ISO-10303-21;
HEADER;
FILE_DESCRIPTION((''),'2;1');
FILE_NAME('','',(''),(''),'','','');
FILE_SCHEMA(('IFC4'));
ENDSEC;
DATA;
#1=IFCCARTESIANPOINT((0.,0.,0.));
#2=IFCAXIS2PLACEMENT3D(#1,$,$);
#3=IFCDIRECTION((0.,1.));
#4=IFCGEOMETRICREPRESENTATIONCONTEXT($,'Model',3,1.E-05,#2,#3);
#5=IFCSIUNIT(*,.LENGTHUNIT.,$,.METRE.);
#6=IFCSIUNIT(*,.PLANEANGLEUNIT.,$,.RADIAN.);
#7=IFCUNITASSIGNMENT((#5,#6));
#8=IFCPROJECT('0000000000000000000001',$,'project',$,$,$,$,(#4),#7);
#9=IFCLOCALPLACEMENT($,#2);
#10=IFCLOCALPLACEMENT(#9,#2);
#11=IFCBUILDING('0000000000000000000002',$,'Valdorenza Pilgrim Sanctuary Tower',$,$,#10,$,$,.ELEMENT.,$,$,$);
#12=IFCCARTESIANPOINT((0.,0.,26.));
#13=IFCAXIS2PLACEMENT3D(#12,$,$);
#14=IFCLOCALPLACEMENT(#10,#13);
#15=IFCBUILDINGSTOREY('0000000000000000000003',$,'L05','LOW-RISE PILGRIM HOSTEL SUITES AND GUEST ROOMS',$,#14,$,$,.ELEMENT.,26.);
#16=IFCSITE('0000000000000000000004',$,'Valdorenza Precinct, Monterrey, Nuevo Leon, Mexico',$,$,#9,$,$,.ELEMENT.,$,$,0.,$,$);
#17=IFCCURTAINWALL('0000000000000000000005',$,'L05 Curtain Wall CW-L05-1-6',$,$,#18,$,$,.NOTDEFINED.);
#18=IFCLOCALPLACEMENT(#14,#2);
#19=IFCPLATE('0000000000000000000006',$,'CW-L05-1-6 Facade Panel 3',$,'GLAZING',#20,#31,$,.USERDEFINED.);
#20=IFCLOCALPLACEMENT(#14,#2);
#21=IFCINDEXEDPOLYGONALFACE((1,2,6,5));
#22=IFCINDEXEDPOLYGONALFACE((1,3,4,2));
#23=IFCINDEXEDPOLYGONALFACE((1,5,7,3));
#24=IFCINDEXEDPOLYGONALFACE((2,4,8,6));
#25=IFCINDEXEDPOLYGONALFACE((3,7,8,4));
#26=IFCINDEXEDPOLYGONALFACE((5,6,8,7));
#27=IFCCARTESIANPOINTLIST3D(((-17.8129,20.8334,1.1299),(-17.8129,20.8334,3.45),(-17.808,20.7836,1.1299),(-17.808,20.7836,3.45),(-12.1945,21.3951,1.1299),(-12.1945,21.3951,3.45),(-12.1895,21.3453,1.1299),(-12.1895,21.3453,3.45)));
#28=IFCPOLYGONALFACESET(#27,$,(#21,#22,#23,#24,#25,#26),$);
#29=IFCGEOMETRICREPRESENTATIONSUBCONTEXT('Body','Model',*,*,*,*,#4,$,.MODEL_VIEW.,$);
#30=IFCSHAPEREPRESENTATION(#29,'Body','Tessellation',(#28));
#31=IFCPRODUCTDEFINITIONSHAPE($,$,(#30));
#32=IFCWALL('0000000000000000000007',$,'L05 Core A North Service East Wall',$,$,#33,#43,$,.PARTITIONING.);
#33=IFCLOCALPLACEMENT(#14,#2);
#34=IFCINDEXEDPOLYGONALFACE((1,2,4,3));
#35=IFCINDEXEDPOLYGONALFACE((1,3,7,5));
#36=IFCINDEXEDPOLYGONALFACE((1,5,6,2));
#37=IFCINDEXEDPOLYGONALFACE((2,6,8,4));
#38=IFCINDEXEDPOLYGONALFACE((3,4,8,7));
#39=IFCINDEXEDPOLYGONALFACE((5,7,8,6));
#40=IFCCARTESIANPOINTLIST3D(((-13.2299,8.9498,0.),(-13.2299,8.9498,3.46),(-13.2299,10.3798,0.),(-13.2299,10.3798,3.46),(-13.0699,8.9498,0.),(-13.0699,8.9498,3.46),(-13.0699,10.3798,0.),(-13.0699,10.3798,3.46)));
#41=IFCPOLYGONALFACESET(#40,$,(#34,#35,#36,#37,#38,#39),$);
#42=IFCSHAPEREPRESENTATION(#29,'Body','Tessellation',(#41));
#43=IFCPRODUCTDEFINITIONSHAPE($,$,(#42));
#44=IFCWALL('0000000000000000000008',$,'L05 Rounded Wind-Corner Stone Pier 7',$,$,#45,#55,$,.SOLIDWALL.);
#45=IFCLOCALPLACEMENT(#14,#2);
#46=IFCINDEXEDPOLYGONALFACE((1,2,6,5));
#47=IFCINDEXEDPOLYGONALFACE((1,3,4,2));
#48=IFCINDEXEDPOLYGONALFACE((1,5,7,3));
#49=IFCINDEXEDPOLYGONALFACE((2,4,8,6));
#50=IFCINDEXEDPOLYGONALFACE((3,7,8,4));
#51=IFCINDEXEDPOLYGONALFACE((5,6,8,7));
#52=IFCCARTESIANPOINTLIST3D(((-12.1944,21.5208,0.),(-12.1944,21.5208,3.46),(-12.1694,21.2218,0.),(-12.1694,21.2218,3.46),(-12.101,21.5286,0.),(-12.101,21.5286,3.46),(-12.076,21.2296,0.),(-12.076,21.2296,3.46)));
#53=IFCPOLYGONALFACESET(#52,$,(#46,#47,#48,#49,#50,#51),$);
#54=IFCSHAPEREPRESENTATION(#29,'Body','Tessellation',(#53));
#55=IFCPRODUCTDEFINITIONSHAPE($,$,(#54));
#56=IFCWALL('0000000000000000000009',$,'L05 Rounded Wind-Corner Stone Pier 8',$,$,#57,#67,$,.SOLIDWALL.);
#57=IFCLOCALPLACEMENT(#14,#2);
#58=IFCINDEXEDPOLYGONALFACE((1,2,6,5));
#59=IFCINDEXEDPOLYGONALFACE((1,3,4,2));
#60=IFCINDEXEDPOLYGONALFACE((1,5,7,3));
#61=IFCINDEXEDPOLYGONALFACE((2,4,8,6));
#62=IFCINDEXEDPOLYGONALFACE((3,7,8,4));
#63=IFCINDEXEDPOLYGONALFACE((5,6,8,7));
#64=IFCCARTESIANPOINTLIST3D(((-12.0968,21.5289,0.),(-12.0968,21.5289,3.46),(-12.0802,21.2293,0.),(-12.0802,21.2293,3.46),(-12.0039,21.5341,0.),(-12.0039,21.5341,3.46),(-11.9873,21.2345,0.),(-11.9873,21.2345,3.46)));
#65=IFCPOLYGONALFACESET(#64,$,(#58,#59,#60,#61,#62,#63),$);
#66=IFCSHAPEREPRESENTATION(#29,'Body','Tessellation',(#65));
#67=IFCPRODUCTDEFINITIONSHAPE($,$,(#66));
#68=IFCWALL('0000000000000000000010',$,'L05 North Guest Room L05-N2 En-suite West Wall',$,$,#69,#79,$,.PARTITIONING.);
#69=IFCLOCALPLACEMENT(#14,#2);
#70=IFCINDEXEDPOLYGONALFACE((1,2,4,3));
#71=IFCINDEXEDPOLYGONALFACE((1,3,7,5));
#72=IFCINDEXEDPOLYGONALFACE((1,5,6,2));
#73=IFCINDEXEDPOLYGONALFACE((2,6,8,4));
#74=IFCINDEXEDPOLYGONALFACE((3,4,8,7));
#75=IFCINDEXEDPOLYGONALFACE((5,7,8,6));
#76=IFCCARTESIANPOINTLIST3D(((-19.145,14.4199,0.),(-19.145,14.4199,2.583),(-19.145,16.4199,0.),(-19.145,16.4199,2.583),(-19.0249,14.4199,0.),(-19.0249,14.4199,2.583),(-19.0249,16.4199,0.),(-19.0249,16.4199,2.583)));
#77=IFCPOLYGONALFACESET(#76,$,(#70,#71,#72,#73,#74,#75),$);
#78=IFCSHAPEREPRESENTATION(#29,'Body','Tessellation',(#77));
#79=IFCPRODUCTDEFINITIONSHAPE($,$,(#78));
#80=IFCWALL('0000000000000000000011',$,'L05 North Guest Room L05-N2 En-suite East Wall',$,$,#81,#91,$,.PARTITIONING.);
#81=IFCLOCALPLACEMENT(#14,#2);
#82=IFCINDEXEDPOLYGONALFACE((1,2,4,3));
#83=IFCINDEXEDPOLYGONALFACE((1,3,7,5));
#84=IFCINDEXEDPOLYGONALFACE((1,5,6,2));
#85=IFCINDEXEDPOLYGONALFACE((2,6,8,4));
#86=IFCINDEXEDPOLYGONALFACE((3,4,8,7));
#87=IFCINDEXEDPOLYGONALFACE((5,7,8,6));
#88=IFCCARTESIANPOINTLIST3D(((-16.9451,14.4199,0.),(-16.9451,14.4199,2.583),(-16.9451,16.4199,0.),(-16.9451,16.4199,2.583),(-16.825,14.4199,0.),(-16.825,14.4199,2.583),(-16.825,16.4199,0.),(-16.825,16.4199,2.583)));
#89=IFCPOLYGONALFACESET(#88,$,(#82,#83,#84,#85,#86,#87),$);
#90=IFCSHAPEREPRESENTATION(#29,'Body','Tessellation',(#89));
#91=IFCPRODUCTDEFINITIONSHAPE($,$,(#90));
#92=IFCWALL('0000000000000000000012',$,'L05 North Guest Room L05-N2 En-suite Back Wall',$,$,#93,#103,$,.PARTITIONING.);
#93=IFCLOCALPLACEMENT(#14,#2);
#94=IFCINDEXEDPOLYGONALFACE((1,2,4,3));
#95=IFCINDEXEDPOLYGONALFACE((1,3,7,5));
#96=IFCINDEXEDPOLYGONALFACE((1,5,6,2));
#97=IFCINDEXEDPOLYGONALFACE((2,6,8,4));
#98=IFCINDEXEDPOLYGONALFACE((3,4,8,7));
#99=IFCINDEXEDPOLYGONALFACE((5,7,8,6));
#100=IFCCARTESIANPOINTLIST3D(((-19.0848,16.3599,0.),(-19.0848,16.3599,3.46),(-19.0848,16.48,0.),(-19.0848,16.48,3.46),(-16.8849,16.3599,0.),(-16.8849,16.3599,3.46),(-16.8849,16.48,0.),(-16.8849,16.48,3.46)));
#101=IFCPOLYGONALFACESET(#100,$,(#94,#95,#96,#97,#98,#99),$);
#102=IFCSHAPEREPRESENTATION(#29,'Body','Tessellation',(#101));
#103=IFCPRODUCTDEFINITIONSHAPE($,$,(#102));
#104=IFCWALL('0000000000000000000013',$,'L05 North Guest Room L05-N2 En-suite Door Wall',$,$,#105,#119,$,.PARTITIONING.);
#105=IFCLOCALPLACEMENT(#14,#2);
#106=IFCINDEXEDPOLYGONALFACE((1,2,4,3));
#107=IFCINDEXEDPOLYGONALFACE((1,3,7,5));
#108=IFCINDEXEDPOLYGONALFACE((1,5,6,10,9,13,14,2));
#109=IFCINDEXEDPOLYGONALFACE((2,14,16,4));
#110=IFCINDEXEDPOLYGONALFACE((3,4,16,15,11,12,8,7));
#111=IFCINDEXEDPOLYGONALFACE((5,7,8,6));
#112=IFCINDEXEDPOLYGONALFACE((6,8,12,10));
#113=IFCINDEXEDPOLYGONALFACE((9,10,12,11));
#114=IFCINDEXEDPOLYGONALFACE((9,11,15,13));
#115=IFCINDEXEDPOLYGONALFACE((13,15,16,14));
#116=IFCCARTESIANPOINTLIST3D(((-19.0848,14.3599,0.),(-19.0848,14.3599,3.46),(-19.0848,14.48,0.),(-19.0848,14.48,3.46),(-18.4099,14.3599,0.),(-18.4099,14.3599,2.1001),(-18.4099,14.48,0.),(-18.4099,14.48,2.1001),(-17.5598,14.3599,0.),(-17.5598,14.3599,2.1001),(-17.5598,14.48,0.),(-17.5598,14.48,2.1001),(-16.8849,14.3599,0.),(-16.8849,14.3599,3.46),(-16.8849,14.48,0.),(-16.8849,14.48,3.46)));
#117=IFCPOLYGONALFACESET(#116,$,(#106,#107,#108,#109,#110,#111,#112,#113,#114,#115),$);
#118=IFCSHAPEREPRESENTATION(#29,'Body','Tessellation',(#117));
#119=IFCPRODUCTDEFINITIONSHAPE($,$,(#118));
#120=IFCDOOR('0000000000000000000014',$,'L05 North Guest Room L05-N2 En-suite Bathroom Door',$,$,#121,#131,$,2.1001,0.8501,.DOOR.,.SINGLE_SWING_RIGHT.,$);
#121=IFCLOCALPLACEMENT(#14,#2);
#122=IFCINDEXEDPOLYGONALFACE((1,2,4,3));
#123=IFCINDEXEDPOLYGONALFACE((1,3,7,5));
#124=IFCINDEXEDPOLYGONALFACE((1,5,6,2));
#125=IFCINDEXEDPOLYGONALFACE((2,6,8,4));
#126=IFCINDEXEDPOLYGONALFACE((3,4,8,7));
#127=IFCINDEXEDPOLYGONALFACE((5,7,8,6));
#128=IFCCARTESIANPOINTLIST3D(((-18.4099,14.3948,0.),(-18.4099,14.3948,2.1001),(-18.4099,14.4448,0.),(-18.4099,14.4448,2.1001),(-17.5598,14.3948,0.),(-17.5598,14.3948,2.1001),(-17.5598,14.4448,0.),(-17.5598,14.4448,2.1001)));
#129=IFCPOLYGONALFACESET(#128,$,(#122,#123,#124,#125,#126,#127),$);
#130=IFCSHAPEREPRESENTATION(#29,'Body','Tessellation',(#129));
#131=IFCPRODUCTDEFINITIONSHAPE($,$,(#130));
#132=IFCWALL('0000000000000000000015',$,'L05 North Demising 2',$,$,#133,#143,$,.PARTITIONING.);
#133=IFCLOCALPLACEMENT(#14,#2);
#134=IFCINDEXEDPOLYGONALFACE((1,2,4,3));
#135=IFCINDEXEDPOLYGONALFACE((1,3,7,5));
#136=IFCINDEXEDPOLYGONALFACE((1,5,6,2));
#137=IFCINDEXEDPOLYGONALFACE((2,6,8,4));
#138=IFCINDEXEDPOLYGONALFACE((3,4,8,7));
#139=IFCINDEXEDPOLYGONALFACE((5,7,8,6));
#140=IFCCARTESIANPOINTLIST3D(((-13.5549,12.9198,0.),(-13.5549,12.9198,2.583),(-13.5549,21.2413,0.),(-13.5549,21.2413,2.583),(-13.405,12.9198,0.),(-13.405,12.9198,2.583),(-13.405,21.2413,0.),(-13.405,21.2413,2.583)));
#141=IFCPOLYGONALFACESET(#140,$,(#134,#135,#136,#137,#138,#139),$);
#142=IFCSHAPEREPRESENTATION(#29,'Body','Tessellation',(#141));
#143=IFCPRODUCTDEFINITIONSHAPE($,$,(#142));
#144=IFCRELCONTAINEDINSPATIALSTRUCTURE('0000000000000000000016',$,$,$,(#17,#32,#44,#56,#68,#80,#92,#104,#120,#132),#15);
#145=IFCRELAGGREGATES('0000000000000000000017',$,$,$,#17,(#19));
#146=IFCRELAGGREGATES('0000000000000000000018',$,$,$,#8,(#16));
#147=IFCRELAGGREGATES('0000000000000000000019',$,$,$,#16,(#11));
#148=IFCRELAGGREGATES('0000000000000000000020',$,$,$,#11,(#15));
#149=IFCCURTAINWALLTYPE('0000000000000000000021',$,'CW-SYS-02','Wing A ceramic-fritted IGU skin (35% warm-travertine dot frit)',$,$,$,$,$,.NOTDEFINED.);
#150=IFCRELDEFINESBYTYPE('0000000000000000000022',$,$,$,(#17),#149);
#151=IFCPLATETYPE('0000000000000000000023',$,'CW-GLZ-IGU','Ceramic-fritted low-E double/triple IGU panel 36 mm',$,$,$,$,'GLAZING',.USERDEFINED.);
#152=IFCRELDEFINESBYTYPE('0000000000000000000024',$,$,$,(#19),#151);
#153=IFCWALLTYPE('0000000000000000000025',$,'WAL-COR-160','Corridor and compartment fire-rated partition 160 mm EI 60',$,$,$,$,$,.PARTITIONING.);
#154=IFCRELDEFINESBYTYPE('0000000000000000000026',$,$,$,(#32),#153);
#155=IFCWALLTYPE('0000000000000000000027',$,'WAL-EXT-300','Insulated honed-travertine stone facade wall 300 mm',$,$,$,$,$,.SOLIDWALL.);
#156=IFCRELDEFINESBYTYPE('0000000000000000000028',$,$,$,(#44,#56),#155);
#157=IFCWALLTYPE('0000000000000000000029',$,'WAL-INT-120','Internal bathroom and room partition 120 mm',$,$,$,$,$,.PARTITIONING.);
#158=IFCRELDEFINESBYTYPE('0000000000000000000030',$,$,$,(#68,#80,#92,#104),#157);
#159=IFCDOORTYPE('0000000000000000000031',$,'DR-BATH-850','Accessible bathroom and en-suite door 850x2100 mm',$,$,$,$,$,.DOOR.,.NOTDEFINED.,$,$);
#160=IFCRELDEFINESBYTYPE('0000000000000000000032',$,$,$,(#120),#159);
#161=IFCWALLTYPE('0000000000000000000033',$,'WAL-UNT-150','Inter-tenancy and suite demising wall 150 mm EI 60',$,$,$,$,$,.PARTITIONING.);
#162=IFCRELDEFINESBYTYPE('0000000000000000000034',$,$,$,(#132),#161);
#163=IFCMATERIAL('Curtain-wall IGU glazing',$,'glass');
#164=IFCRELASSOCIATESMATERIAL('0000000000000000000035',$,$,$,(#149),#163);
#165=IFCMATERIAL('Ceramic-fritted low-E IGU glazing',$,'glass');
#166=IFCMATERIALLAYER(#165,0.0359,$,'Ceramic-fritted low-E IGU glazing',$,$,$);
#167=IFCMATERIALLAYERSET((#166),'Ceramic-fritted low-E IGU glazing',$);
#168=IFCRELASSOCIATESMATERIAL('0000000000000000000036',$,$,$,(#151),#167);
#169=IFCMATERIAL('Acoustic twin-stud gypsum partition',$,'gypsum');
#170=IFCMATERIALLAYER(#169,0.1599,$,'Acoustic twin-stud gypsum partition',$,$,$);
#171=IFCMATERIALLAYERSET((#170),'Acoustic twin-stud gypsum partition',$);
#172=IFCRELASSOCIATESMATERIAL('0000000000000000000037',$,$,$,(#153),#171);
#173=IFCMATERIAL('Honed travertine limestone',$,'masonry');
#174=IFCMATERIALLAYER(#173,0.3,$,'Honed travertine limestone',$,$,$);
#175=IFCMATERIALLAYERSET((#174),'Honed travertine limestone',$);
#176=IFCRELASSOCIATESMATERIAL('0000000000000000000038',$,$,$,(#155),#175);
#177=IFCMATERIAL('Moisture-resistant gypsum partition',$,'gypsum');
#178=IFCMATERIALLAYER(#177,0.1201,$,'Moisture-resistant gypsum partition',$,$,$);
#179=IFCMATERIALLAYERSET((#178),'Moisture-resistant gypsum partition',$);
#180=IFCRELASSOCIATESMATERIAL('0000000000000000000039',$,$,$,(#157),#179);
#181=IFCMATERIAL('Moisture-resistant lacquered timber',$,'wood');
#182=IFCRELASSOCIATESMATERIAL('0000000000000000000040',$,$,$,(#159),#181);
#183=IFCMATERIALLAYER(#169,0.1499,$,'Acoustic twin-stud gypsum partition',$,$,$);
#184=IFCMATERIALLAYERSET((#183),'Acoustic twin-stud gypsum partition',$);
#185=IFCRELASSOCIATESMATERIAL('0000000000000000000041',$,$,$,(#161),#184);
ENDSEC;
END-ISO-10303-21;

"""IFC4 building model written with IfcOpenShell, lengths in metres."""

from ifc_helpers import new_model, si_unit, direction, frame, frame_2d, origin, origin_2d, place, context, subcontext, project, spatial, rectangle, extrude, source, transform, mapped, material, layer, layer_set, type_object, element, fill, aggregate, save


model = new_model("IFC4")

# Units and contexts
model_context = context("Model", 3, precision=1e-05, world=origin(), true_north=direction((0.0, 1.0)))
body_context = subcontext(model_context, "Body", "Model", "MODEL_VIEW")
ifc_project = project(units=[si_unit("LENGTHUNIT", "METRE"), si_unit("PLANEANGLEUNIT", "RADIAN")], contexts=[model_context])

# Site, building, storey
site_placement = place(None, origin())
site = spatial("IfcSite", under=ifc_project, at=site_placement, Name="Valdorenza Precinct, Monterrey, Nuevo Leon, Mexico", CompositionType="ELEMENT", RefElevation=0.0)
building_placement = place(site_placement, origin())
building = spatial("IfcBuilding", under=site, at=building_placement, Name="Valdorenza Pilgrim Sanctuary Tower", CompositionType="ELEMENT")
storey_placement = place(building_placement, frame((0.0, 0.0, 26.0)))
storey = spatial("IfcBuildingStorey", under=building, at=storey_placement, Name="L05", Description="LOW-RISE PILGRIM HOSTEL SUITES AND GUEST ROOMS", CompositionType="ELEMENT", Elevation=26.0)

# Curtain wall, plate
ifc_material_1 = material(Name="Curtain-wall IGU glazing", Category="glass")
curtain_wall_type = type_object("IfcCurtainWallType", Name="CW-SYS-02", Description="Wing A ceramic-fritted IGU skin (35% warm-travertine dot frit)", PredefinedType="NOTDEFINED", material=ifc_material_1)
curtain_wall_placement = place(storey_placement, origin())
curtain_wall = element("IfcCurtainWall", 1, at=curtain_wall_placement, inside=storey, type_object=curtain_wall_type, Name="L05 Curtain Wall CW-L05-1-6", PredefinedType="NOTDEFINED")
ifc_material_2 = material(Name="Honed travertine limestone", Category="masonry")
ifc_material_3 = material(Name="Ceramic-fritted low-E IGU glazing", Category="glass")
ifc_layer_1 = layer(ifc_material_3, 0.0359, Name="Ceramic-fritted low-E IGU glazing")
ifc_layer_set_1 = layer_set([ifc_layer_1], Name="Ceramic-fritted low-E IGU glazing")
plate_type_1 = type_object("IfcPlateType", Name="CW-GLZ-IGU", Description="Ceramic-fritted low-E double/triple IGU panel 36 mm", ElementType="GLAZING", PredefinedType="USERDEFINED", material=ifc_layer_set_1)
shared_shape_1 = source(origin(), body_context, "Body", "SweptSolid", [
    extrude(rectangle(XDim=5.6465, YDim=0.05, at=origin_2d()), origin(), (0.0, 0.0, 1.0), 2.3201),
])
plate_1_placement = place(storey_placement, frame((-15.0012, 21.0894, 1.1299), z_axis=(0.0, 0.0, 1.0), x_axis=(0.995038, 0.099493, 0.0)))
plate_1 = element("IfcPlate", 2, at=plate_1_placement, type_object=plate_type_1, Name="CW-L05-1-6 Facade Panel 3", ObjectType="GLAZING", PredefinedType="USERDEFINED", context=body_context, shape_type="MappedRepresentation", body=[
    mapped(shared_shape_1, transform((0.0, 0.0, 0.0), x_axis=(1.0, 0.0, 0.0), y_axis=(0.0, 1.0, 0.0), z_axis=(0.0, 0.0, 1.0), scale=1.0)),
])
aggregate(curtain_wall, [plate_1])

# Walls
ifc_material_4 = material(Name="Acoustic twin-stud gypsum partition", Category="gypsum")
ifc_layer_2 = layer(ifc_material_4, 0.1599, Name="Acoustic twin-stud gypsum partition")
ifc_layer_set_2 = layer_set([ifc_layer_2], Name="Acoustic twin-stud gypsum partition")
wall_type_1 = type_object("IfcWallType", Name="WAL-COR-160", Description="Corridor and compartment fire-rated partition 160 mm EI 60", PredefinedType="PARTITIONING", material=ifc_layer_set_2)
wall_1_placement = place(storey_placement, frame((-13.1499, 8.95, 0.0), z_axis=(0.0, 0.0, 1.0), x_axis=(0.0, 1.0, 0.0)))
element("IfcWall", 3, at=wall_1_placement, inside=storey, type_object=wall_type_1, Name="L05 Core A North Service East Wall", PredefinedType="PARTITIONING", context=body_context, shape_type="SweptSolid", body=[
    extrude(rectangle(XDim=1.4299, YDim=0.1599, at=frame_2d((0.7148, 0.0))), origin(), (0.0, 0.0, 1.0), 3.46),
])
ifc_layer_3 = layer(ifc_material_2, 0.3, Name="Honed travertine limestone")
ifc_layer_set_3 = layer_set([ifc_layer_3], Name="Honed travertine limestone")
wall_type_2 = type_object("IfcWallType", Name="WAL-EXT-300", Description="Insulated honed-travertine stone facade wall 300 mm", PredefinedType="SOLIDWALL", material=ifc_layer_set_3)
wall_2_placement = place(storey_placement, frame((-12.1819, 21.3713, 0.0), z_axis=(0.0, 0.0, 1.0), x_axis=(0.996528, 0.083261, 0.0)))
element("IfcWall", 4, at=wall_2_placement, inside=storey, type_object=wall_type_2, Name="L05 Rounded Wind-Corner Stone Pier 7", PredefinedType="SOLIDWALL", context=body_context, shape_type="SweptSolid", body=[
    extrude(rectangle(XDim=0.0938, YDim=0.3, at=frame_2d((0.0469, 0.0))), origin(), (0.0, 0.0, 1.0), 3.46),
])
wall_3_placement = place(storey_placement, frame((-12.0884, 21.3792, 0.0), z_axis=(0.0, 0.0, 1.0), x_axis=(0.998476, 0.055179, 0.0)))
element("IfcWall", 5, at=wall_3_placement, inside=storey, type_object=wall_type_2, Name="L05 Rounded Wind-Corner Stone Pier 8", PredefinedType="SOLIDWALL", context=body_context, shape_type="SweptSolid", body=[
    extrude(rectangle(XDim=0.093, YDim=0.3, at=frame_2d((0.0464, 0.0))), origin(), (0.0, 0.0, 1.0), 3.46),
])
ifc_material_5 = material(Name="Moisture-resistant gypsum partition", Category="gypsum")
ifc_layer_4 = layer(ifc_material_5, 0.1201, Name="Moisture-resistant gypsum partition")
ifc_layer_set_4 = layer_set([ifc_layer_4], Name="Moisture-resistant gypsum partition")
wall_type_3 = type_object("IfcWallType", Name="WAL-INT-120", Description="Internal bathroom and room partition 120 mm", PredefinedType="PARTITIONING", material=ifc_layer_set_4)
for number, where, z_axis, x_axis, name in (
    (6, (-19.085, 14.4199, 0.0), (0.0, 0.0, 1.0), (0.0, 1.0, 0.0), "L05 North Guest Room L05-N2 En-suite West Wall"),
    (7, (-16.885, 14.4199, 0.0), (0.0, 0.0, 1.0), (0.0, 1.0, 0.0), "L05 North Guest Room L05-N2 En-suite East Wall"),
):
    element("IfcWall", number, at=place(storey_placement, frame(where, z_axis=z_axis, x_axis=x_axis)), inside=storey, type_object=wall_type_3, Name=name, PredefinedType="PARTITIONING", context=body_context, shape_type="SweptSolid", body=[
        extrude(rectangle(XDim=2.0, YDim=0.1201, at=frame_2d((1.0, 0.0))), origin(), (0.0, 0.0, 1.0), 2.583),
    ])
wall_4_placement = place(storey_placement, frame((-19.085, 16.4199, 0.0), z_axis=(0.0, 0.0, 1.0), x_axis=(1.0, 0.0, 0.0)))
element("IfcWall", 8, at=wall_4_placement, inside=storey, type_object=wall_type_3, Name="L05 North Guest Room L05-N2 En-suite Back Wall", PredefinedType="PARTITIONING", context=body_context, shape_type="SweptSolid", body=[
    extrude(rectangle(XDim=2.2, YDim=0.1201, at=frame_2d((1.1001, 0.0))), origin(), (0.0, 0.0, 1.0), 3.46),
])

# Wall, opening, door
wall_5_placement = place(storey_placement, frame((-19.085, 14.4199, 0.0), z_axis=(0.0, 0.0, 1.0), x_axis=(1.0, 0.0, 0.0)))
wall_5 = element("IfcWall", 9, at=wall_5_placement, inside=storey, type_object=wall_type_3, Name="L05 North Guest Room L05-N2 En-suite Door Wall", PredefinedType="PARTITIONING", context=body_context, shape_type="SweptSolid", body=[
    extrude(rectangle(XDim=2.2, YDim=0.1201, at=frame_2d((1.1001, 0.0))), origin(), (0.0, 0.0, 1.0), 3.46),
])
opening_placement = place(wall_5_placement, frame((0.675, 0.0, 0.0)))
opening = element("IfcOpeningElement", 10, at=opening_placement, cuts=wall_5, PredefinedType="OPENING", context=body_context, shape_type="SweptSolid", body=[
    extrude(rectangle(XDim=0.8501, YDim=2.1001, at=frame_2d((0.425, 1.05))), frame((0.0, 0.075, 0.0), z_axis=(0.0, -1.0, 0.0), x_axis=(1.0, 0.0, 0.0)), (0.0, 0.0, 1.0), 0.1499),
])
ifc_material_6 = material(Name="Moisture-resistant lacquered timber", Category="wood")
door_type = type_object("IfcDoorType", Name="DR-BATH-850", Description="Accessible bathroom and en-suite door 850x2100 mm", OperationType="NOTDEFINED", PredefinedType="DOOR", material=ifc_material_6)
door_placement = place(opening_placement, origin())
door = element("IfcDoor", 11, at=door_placement, inside=storey, type_object=door_type, Name="L05 North Guest Room L05-N2 En-suite Bathroom Door", OperationType="SINGLE_SWING_RIGHT", OverallHeight=2.1001, OverallWidth=0.8501, PredefinedType="DOOR", context=body_context, shape_type="SweptSolid", body=[
    extrude(rectangle(XDim=0.8501, YDim=2.1001, at=frame_2d((0.425, 1.05))), frame((0.0, 0.0249, 0.0), z_axis=(0.0, -1.0, 0.0), x_axis=(1.0, 0.0, 0.0)), (0.0, 0.0, 1.0), 0.05),
])
fill(opening, door)

# Wall
ifc_layer_5 = layer(ifc_material_4, 0.1499, Name="Acoustic twin-stud gypsum partition")
ifc_layer_set_5 = layer_set([ifc_layer_5], Name="Acoustic twin-stud gypsum partition")
wall_type_4 = type_object("IfcWallType", Name="WAL-UNT-150", Description="Inter-tenancy and suite demising wall 150 mm EI 60", PredefinedType="PARTITIONING", material=ifc_layer_set_5)
wall_6_placement = place(storey_placement, frame((-13.48, 12.9199, 0.0), z_axis=(0.0, 0.0, 1.0), x_axis=(0.0, 1.0, 0.0)))
element("IfcWall", 12, at=wall_6_placement, inside=storey, type_object=wall_type_4, Name="L05 North Demising 2", PredefinedType="PARTITIONING", context=body_context, shape_type="SweptSolid", body=[
    extrude(rectangle(XDim=8.3215, YDim=0.1499, at=frame_2d((4.1606, 0.0))), origin(), (0.0, 0.0, 1.0), 2.583),
])

save(model, "model.ifc")
